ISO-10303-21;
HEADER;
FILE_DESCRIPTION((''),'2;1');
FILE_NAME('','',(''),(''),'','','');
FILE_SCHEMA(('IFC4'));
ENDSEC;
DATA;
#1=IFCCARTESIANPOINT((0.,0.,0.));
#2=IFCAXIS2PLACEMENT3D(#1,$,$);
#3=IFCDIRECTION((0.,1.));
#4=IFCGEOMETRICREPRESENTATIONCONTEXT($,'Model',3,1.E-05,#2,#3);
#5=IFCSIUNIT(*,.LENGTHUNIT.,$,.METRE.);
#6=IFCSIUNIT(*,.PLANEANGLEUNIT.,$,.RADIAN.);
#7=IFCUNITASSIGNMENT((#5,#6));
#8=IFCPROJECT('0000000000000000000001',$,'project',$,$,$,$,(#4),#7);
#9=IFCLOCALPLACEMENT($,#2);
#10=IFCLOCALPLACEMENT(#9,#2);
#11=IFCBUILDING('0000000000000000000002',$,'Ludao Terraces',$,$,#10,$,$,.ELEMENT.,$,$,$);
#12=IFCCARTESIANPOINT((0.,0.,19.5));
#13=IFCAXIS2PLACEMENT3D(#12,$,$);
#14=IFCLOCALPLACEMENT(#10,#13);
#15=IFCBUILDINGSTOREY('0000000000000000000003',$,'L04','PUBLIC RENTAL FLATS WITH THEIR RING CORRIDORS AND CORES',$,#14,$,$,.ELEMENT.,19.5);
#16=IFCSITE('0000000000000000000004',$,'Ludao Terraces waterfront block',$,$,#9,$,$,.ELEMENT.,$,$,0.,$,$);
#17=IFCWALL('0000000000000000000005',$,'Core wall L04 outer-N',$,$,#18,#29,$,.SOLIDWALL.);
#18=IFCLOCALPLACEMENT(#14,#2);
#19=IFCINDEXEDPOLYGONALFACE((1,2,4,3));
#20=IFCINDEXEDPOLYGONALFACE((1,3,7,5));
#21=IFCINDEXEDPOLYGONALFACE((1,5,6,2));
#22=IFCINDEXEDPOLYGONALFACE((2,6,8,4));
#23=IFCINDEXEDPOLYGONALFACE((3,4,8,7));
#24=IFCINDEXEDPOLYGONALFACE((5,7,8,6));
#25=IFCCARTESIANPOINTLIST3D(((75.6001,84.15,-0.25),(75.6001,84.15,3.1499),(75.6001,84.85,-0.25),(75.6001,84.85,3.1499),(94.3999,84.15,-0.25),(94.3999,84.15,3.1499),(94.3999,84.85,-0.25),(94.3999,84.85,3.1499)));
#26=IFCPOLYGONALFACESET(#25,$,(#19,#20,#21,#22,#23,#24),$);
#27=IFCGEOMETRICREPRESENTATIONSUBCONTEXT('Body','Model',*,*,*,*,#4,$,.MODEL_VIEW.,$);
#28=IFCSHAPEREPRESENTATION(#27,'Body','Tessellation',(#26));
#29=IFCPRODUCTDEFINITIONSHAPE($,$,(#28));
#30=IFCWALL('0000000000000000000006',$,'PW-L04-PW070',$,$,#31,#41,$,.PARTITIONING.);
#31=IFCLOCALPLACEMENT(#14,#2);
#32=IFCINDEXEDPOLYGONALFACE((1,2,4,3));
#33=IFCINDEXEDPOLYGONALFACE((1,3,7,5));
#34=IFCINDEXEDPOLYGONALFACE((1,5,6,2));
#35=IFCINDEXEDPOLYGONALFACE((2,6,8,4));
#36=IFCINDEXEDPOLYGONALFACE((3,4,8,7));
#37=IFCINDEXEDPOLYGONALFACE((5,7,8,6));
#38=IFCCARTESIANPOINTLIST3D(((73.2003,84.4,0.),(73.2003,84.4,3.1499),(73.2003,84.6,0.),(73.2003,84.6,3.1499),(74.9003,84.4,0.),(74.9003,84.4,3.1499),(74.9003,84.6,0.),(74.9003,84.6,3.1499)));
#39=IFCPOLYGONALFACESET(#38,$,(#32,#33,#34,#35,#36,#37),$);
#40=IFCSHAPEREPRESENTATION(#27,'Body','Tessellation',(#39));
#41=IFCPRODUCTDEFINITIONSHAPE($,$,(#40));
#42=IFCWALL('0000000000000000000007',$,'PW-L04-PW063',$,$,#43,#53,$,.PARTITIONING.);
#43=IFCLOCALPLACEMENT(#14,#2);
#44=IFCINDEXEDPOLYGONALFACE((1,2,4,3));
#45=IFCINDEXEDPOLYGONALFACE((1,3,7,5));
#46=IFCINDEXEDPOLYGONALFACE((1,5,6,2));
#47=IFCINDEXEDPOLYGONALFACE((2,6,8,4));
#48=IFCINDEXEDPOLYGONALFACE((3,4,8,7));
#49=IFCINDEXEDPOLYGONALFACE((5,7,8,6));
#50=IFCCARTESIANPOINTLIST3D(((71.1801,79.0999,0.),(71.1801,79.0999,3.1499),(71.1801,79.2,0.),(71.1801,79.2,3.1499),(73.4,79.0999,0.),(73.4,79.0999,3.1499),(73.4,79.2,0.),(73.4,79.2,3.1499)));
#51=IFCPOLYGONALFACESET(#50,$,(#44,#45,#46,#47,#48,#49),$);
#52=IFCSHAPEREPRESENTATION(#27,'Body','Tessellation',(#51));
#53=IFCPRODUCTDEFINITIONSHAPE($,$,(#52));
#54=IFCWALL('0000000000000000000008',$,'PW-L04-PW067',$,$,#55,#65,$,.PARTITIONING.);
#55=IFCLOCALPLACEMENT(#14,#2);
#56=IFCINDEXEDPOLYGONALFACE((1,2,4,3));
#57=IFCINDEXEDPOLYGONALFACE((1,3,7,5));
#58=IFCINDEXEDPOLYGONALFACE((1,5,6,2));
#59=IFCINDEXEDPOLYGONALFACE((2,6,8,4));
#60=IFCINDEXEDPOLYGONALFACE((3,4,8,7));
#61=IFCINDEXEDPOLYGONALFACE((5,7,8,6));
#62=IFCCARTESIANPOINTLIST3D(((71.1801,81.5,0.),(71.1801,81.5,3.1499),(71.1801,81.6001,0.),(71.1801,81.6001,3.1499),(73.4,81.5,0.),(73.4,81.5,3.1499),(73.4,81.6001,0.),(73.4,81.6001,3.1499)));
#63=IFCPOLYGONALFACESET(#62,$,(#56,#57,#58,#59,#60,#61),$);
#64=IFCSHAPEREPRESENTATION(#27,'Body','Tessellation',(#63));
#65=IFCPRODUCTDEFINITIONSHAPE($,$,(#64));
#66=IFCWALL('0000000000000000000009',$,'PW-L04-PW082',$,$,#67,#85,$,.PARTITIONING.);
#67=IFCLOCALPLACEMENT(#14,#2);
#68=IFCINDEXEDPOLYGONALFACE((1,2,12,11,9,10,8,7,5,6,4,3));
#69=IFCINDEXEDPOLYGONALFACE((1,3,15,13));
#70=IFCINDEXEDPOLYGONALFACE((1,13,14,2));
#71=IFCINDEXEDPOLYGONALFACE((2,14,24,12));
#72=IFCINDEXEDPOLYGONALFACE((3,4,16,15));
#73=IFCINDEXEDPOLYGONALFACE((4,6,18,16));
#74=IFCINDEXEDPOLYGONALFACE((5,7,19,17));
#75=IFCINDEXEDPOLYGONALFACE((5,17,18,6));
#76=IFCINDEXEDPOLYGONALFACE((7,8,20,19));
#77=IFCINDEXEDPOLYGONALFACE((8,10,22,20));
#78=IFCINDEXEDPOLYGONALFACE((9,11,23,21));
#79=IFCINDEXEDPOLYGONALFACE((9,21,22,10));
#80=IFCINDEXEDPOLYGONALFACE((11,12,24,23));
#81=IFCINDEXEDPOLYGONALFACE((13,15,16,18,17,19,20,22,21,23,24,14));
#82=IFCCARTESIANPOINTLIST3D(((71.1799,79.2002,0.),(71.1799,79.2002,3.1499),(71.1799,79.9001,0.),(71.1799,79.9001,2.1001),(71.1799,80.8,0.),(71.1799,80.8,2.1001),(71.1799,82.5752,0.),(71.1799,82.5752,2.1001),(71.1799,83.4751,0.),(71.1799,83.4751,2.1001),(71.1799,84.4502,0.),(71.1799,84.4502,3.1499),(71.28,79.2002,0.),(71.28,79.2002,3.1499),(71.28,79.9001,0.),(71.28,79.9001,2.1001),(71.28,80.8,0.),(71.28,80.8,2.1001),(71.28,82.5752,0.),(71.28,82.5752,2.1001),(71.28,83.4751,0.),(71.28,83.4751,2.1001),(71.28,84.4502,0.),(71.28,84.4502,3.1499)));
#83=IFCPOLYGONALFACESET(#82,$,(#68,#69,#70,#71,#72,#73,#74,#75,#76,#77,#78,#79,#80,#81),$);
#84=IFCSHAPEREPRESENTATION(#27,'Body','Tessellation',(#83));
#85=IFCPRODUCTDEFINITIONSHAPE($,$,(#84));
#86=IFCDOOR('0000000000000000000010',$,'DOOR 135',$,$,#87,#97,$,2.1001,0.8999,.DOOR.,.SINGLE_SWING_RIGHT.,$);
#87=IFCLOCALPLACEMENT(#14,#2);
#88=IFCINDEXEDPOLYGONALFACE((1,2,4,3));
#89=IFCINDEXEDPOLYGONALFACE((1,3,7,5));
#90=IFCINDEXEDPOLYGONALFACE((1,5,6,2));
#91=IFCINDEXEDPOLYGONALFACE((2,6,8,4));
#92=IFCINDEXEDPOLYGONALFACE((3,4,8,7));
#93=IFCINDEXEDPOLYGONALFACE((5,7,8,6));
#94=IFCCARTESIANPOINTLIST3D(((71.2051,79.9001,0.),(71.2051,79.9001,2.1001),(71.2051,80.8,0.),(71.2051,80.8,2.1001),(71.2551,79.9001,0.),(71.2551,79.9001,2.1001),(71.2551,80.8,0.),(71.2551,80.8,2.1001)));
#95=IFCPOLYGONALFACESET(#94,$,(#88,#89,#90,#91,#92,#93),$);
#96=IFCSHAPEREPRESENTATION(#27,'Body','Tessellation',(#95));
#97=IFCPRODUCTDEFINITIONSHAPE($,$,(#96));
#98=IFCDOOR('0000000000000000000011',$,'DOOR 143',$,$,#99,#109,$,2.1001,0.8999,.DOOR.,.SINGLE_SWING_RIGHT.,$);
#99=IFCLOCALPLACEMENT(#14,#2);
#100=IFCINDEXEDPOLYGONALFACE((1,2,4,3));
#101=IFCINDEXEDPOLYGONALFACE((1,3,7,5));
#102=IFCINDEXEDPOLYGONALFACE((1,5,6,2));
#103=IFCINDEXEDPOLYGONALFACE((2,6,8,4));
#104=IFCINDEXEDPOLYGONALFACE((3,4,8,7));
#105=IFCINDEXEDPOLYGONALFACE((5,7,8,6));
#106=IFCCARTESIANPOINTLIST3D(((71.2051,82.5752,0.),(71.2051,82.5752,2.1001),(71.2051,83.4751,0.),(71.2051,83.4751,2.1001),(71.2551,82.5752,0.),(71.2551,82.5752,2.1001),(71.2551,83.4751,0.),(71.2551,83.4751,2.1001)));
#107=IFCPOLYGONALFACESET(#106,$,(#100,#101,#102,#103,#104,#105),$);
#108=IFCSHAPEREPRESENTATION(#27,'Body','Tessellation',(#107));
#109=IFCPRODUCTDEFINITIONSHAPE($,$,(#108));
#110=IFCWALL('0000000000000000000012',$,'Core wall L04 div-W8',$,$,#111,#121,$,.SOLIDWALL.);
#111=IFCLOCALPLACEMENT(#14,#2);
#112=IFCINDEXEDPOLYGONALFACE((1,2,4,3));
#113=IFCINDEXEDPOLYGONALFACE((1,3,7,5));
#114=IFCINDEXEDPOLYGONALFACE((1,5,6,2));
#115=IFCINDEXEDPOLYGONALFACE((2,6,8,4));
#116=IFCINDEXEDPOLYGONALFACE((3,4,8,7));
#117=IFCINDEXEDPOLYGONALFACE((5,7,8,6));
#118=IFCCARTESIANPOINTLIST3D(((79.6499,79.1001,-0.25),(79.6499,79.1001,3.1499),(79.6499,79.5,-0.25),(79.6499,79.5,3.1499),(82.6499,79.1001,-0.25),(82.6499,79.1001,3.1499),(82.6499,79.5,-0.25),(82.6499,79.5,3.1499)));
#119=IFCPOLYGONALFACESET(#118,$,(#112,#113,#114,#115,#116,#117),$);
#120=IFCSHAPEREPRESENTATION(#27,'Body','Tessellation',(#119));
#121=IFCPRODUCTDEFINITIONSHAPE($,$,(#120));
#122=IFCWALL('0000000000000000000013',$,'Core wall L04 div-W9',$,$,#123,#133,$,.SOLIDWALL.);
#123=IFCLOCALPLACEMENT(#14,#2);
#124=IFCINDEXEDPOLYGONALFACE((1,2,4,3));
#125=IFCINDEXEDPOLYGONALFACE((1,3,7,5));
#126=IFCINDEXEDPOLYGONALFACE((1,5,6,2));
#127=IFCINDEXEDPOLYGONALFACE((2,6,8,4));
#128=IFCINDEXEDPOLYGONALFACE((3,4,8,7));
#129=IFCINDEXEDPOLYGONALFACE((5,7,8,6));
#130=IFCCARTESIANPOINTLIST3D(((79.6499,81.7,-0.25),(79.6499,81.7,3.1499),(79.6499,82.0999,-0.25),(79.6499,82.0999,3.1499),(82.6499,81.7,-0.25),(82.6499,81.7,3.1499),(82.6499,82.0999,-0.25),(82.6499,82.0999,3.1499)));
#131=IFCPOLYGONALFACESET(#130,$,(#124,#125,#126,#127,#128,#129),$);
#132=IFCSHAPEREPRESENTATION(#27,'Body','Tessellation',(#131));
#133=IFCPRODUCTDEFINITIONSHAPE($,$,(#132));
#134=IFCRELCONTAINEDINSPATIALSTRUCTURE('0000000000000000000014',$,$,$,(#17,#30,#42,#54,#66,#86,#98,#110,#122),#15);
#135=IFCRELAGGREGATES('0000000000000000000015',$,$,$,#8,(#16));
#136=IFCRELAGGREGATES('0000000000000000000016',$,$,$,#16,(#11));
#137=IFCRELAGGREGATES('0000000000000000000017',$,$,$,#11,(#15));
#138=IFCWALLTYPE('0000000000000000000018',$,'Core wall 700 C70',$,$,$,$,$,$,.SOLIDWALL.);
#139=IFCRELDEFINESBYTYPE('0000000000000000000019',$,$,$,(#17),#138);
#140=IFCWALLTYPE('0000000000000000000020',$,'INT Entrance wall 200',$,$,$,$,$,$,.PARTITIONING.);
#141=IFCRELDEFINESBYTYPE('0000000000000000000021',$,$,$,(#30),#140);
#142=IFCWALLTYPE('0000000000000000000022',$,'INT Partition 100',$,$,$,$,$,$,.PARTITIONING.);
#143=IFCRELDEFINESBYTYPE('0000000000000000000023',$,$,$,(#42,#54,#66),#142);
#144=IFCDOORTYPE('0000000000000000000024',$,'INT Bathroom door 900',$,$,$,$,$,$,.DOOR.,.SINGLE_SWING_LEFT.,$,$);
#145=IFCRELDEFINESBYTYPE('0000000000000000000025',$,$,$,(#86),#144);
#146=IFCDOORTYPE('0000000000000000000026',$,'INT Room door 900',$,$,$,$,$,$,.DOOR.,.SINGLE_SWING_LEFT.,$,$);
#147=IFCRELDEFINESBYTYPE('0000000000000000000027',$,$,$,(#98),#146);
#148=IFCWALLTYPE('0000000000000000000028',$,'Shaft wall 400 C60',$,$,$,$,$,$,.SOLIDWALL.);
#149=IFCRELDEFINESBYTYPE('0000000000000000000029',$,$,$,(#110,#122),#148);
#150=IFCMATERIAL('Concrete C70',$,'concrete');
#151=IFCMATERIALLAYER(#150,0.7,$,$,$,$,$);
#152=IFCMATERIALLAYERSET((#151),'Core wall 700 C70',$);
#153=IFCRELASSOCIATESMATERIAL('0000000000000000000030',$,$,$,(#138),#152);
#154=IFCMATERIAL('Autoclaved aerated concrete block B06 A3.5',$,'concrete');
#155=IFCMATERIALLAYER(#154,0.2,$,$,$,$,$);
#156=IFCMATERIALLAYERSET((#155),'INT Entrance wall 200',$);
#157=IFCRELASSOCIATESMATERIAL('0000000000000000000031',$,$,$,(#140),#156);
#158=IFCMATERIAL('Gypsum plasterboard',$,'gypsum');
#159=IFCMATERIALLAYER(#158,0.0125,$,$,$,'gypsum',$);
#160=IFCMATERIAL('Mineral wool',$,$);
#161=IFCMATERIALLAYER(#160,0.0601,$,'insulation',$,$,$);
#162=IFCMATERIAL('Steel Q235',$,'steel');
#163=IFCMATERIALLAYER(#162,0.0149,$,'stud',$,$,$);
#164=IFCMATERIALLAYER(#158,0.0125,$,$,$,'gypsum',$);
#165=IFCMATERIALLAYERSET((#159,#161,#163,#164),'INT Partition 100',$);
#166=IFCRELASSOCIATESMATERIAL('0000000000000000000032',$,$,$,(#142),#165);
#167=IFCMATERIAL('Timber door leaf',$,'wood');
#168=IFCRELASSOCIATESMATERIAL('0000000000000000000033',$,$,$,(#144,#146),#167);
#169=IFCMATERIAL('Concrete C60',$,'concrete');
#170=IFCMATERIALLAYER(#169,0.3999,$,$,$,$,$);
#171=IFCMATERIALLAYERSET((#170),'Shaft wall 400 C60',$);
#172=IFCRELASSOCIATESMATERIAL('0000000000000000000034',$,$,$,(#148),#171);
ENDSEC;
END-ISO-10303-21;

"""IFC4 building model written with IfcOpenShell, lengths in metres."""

from ifc_helpers import new_model, si_unit, direction, frame, frame_2d, origin, place, context, subcontext, project, spatial, rectangle, extrude, material, layer, layer_set, type_object, element, fill, save


model = new_model("IFC4")

# Units and contexts
model_context = context("Model", 3, precision=1e-05, world=origin(), true_north=direction((0.0, 1.0)))
body_context = subcontext(model_context, "Body", "Model", "MODEL_VIEW")
ifc_project = project(units=[si_unit("LENGTHUNIT", "METRE"), si_unit("PLANEANGLEUNIT", "RADIAN")], contexts=[model_context])

# Site, building, storey
site_placement = place(None, origin())
site = spatial("IfcSite", under=ifc_project, at=site_placement, Name="Ludao Terraces waterfront block", CompositionType="ELEMENT", RefElevation=0.0)
building_placement = place(site_placement, origin())
building = spatial("IfcBuilding", under=site, at=building_placement, Name="Ludao Terraces", CompositionType="ELEMENT")
storey_placement = place(building_placement, frame((0.0, 0.0, 19.5)))
storey = spatial("IfcBuildingStorey", under=building, at=storey_placement, Name="L04", Description="PUBLIC RENTAL FLATS WITH THEIR RING CORRIDORS AND CORES", CompositionType="ELEMENT", Elevation=19.5)

# Walls
ifc_material_1 = material(Name="Concrete C70", Category="concrete")
ifc_layer_1 = layer(ifc_material_1, 0.7)
ifc_layer_set_1 = layer_set([ifc_layer_1], Name="Core wall 700 C70")
wall_type_1 = type_object("IfcWallType", Name="Core wall 700 C70", PredefinedType="SOLIDWALL", material=ifc_layer_set_1)
wall_1_placement = place(storey_placement, frame((75.6001, 84.5, -0.25), z_axis=(0.0, 0.0, 1.0), x_axis=(1.0, 0.0, 0.0)))
element("IfcWall", 1, at=wall_1_placement, inside=storey, type_object=wall_type_1, Name="Core wall L04 outer-N", PredefinedType="SOLIDWALL", context=body_context, shape_type="SweptSolid", body=[
    extrude(rectangle(XDim=18.7998, YDim=0.7, at=frame_2d((9.3999, 0.0))), origin(), (0.0, 0.0, 1.0), 3.3999),
])
ifc_material_2 = material(Name="Autoclaved aerated concrete block B06 A3.5", Category="concrete")
ifc_layer_2 = layer(ifc_material_2, 0.2)
ifc_layer_set_2 = layer_set([ifc_layer_2], Name="INT Entrance wall 200")
wall_type_2 = type_object("IfcWallType", Name="INT Entrance wall 200", PredefinedType="PARTITIONING", material=ifc_layer_set_2)
wall_2_placement = place(storey_placement, frame((73.2002, 84.5, 0.0), z_axis=(0.0, 0.0, 1.0), x_axis=(1.0, 0.0, 0.0)))
element("IfcWall", 2, at=wall_2_placement, inside=storey, type_object=wall_type_2, Name="PW-L04-PW070", PredefinedType="PARTITIONING", context=body_context, shape_type="SweptSolid", body=[
    extrude(rectangle(XDim=1.7, YDim=0.2, at=frame_2d((0.8501, 0.0))), origin(), (0.0, 0.0, 1.0), 3.1499),
])
ifc_material_3 = material(Name="Gypsum plasterboard", Category="gypsum")
ifc_layer_3 = layer(ifc_material_3, 0.0125, Category="gypsum")
ifc_material_4 = material(Name="Mineral wool")
ifc_layer_4 = layer(ifc_material_4, 0.0601, Name="insulation")
ifc_material_5 = material(Name="Steel Q235", Category="steel")
ifc_layer_5 = layer(ifc_material_5, 0.0149, Name="stud")
ifc_layer_6 = layer(ifc_material_3, 0.0125, Category="gypsum")
ifc_layer_set_3 = layer_set([ifc_layer_3, ifc_layer_4, ifc_layer_5, ifc_layer_6], Name="INT Partition 100")
wall_type_3 = type_object("IfcWallType", Name="INT Partition 100", PredefinedType="PARTITIONING", material=ifc_layer_set_3)
for number, where, z_axis, x_axis, name in (
    (3, (71.1802, 79.1499, 0.0), (0.0, 0.0, 1.0), (1.0, 0.0, 0.0), "PW-L04-PW063"),
    (4, (71.1802, 81.55, 0.0), (0.0, 0.0, 1.0), (1.0, 0.0, 0.0), "PW-L04-PW067"),
):
    element("IfcWall", number, at=place(storey_placement, frame(where, z_axis=z_axis, x_axis=x_axis)), inside=storey, type_object=wall_type_3, Name=name, PredefinedType="PARTITIONING", context=body_context, shape_type="SweptSolid", body=[
        extrude(rectangle(XDim=2.22, YDim=0.1001, at=frame_2d((1.1099, 0.0))), origin(), (0.0, 0.0, 1.0), 3.1499),
    ])

# Wall, openings, doors
wall_3_placement = place(storey_placement, frame((71.23, 79.2002, 0.0), z_axis=(0.0, 0.0, 1.0), x_axis=(0.0, 1.0, 0.0)))
wall_3 = element("IfcWall", 5, at=wall_3_placement, inside=storey, type_object=wall_type_3, Name="PW-L04-PW082", PredefinedType="PARTITIONING", context=body_context, shape_type="SweptSolid", body=[
    extrude(rectangle(XDim=5.25, YDim=0.1001, at=frame_2d((2.625, 0.0))), origin(), (0.0, 0.0, 1.0), 3.1499),
])
opening_1_placement = place(wall_3_placement, frame((0.7, 0.0, 0.0)))
opening_1 = element("IfcOpeningElement", 6, at=opening_1_placement, cuts=wall_3, PredefinedType="OPENING", context=body_context, shape_type="SweptSolid", body=[
    extrude(rectangle(XDim=0.8999, YDim=2.1001, at=frame_2d((0.45, 1.05))), frame((0.0, 0.0601, 0.0), z_axis=(0.0, -1.0, 0.0), x_axis=(1.0, 0.0, 0.0)), (0.0, 0.0, 1.0), 0.1201),
])
opening_2_placement = place(wall_3_placement, frame((3.375, 0.0, 0.0)))
opening_2 = element("IfcOpeningElement", 7, at=opening_2_placement, cuts=wall_3, PredefinedType="OPENING", context=body_context, shape_type="SweptSolid", body=[
    extrude(rectangle(XDim=0.8999, YDim=2.1001, at=frame_2d((0.45, 1.05))), frame((0.0, 0.0601, 0.0), z_axis=(0.0, -1.0, 0.0), x_axis=(1.0, 0.0, 0.0)), (0.0, 0.0, 1.0), 0.1201),
])
ifc_material_6 = material(Name="Timber door leaf", Category="wood")
door_type_1 = type_object("IfcDoorType", Name="INT Bathroom door 900", OperationType="SINGLE_SWING_LEFT", PredefinedType="DOOR", material=ifc_material_6)
door_1_placement = place(opening_1_placement, origin())
door_1 = element("IfcDoor", 8, at=door_1_placement, inside=storey, type_object=door_type_1, Name="DOOR 135", OperationType="SINGLE_SWING_RIGHT", OverallHeight=2.1001, OverallWidth=0.8999, PredefinedType="DOOR", context=body_context, shape_type="SweptSolid", body=[
    extrude(rectangle(XDim=0.8999, YDim=2.1001, at=frame_2d((0.45, 1.05))), frame((0.0, 0.0249, 0.0), z_axis=(0.0, -1.0, 0.0), x_axis=(1.0, 0.0, 0.0)), (0.0, 0.0, 1.0), 0.05),
])
fill(opening_1, door_1)
door_type_2 = type_object("IfcDoorType", Name="INT Room door 900", OperationType="SINGLE_SWING_LEFT", PredefinedType="DOOR", material=ifc_material_6)
door_2_placement = place(opening_2_placement, origin())
door_2 = element("IfcDoor", 9, at=door_2_placement, inside=storey, type_object=door_type_2, Name="DOOR 143", OperationType="SINGLE_SWING_RIGHT", OverallHeight=2.1001, OverallWidth=0.8999, PredefinedType="DOOR", context=body_context, shape_type="SweptSolid", body=[
    extrude(rectangle(XDim=0.8999, YDim=2.1001, at=frame_2d((0.45, 1.05))), frame((0.0, 0.0249, 0.0), z_axis=(0.0, -1.0, 0.0), x_axis=(1.0, 0.0, 0.0)), (0.0, 0.0, 1.0), 0.05),
])
fill(opening_2, door_2)

# Walls
ifc_material_7 = material(Name="Concrete C60", Category="concrete")
ifc_layer_7 = layer(ifc_material_7, 0.3999)
ifc_layer_set_4 = layer_set([ifc_layer_7], Name="Shaft wall 400 C60")
wall_type_4 = type_object("IfcWallType", Name="Shaft wall 400 C60", PredefinedType="SOLIDWALL", material=ifc_layer_set_4)
for number, where, z_axis, x_axis, name in (
    (10, (79.6499, 79.3, -0.25), (0.0, 0.0, 1.0), (1.0, 0.0, 0.0), "Core wall L04 div-W8"),
    (11, (79.6499, 81.8999, -0.25), (0.0, 0.0, 1.0), (1.0, 0.0, 0.0), "Core wall L04 div-W9"),
):
    element("IfcWall", number, at=place(storey_placement, frame(where, z_axis=z_axis, x_axis=x_axis)), inside=storey, type_object=wall_type_4, Name=name, PredefinedType="SOLIDWALL", context=body_context, shape_type="SweptSolid", body=[
        extrude(rectangle(XDim=3.0, YDim=0.3999, at=frame_2d((1.5, 0.0))), origin(), (0.0, 0.0, 1.0), 3.3999),
    ])

save(model, "model.ifc")
